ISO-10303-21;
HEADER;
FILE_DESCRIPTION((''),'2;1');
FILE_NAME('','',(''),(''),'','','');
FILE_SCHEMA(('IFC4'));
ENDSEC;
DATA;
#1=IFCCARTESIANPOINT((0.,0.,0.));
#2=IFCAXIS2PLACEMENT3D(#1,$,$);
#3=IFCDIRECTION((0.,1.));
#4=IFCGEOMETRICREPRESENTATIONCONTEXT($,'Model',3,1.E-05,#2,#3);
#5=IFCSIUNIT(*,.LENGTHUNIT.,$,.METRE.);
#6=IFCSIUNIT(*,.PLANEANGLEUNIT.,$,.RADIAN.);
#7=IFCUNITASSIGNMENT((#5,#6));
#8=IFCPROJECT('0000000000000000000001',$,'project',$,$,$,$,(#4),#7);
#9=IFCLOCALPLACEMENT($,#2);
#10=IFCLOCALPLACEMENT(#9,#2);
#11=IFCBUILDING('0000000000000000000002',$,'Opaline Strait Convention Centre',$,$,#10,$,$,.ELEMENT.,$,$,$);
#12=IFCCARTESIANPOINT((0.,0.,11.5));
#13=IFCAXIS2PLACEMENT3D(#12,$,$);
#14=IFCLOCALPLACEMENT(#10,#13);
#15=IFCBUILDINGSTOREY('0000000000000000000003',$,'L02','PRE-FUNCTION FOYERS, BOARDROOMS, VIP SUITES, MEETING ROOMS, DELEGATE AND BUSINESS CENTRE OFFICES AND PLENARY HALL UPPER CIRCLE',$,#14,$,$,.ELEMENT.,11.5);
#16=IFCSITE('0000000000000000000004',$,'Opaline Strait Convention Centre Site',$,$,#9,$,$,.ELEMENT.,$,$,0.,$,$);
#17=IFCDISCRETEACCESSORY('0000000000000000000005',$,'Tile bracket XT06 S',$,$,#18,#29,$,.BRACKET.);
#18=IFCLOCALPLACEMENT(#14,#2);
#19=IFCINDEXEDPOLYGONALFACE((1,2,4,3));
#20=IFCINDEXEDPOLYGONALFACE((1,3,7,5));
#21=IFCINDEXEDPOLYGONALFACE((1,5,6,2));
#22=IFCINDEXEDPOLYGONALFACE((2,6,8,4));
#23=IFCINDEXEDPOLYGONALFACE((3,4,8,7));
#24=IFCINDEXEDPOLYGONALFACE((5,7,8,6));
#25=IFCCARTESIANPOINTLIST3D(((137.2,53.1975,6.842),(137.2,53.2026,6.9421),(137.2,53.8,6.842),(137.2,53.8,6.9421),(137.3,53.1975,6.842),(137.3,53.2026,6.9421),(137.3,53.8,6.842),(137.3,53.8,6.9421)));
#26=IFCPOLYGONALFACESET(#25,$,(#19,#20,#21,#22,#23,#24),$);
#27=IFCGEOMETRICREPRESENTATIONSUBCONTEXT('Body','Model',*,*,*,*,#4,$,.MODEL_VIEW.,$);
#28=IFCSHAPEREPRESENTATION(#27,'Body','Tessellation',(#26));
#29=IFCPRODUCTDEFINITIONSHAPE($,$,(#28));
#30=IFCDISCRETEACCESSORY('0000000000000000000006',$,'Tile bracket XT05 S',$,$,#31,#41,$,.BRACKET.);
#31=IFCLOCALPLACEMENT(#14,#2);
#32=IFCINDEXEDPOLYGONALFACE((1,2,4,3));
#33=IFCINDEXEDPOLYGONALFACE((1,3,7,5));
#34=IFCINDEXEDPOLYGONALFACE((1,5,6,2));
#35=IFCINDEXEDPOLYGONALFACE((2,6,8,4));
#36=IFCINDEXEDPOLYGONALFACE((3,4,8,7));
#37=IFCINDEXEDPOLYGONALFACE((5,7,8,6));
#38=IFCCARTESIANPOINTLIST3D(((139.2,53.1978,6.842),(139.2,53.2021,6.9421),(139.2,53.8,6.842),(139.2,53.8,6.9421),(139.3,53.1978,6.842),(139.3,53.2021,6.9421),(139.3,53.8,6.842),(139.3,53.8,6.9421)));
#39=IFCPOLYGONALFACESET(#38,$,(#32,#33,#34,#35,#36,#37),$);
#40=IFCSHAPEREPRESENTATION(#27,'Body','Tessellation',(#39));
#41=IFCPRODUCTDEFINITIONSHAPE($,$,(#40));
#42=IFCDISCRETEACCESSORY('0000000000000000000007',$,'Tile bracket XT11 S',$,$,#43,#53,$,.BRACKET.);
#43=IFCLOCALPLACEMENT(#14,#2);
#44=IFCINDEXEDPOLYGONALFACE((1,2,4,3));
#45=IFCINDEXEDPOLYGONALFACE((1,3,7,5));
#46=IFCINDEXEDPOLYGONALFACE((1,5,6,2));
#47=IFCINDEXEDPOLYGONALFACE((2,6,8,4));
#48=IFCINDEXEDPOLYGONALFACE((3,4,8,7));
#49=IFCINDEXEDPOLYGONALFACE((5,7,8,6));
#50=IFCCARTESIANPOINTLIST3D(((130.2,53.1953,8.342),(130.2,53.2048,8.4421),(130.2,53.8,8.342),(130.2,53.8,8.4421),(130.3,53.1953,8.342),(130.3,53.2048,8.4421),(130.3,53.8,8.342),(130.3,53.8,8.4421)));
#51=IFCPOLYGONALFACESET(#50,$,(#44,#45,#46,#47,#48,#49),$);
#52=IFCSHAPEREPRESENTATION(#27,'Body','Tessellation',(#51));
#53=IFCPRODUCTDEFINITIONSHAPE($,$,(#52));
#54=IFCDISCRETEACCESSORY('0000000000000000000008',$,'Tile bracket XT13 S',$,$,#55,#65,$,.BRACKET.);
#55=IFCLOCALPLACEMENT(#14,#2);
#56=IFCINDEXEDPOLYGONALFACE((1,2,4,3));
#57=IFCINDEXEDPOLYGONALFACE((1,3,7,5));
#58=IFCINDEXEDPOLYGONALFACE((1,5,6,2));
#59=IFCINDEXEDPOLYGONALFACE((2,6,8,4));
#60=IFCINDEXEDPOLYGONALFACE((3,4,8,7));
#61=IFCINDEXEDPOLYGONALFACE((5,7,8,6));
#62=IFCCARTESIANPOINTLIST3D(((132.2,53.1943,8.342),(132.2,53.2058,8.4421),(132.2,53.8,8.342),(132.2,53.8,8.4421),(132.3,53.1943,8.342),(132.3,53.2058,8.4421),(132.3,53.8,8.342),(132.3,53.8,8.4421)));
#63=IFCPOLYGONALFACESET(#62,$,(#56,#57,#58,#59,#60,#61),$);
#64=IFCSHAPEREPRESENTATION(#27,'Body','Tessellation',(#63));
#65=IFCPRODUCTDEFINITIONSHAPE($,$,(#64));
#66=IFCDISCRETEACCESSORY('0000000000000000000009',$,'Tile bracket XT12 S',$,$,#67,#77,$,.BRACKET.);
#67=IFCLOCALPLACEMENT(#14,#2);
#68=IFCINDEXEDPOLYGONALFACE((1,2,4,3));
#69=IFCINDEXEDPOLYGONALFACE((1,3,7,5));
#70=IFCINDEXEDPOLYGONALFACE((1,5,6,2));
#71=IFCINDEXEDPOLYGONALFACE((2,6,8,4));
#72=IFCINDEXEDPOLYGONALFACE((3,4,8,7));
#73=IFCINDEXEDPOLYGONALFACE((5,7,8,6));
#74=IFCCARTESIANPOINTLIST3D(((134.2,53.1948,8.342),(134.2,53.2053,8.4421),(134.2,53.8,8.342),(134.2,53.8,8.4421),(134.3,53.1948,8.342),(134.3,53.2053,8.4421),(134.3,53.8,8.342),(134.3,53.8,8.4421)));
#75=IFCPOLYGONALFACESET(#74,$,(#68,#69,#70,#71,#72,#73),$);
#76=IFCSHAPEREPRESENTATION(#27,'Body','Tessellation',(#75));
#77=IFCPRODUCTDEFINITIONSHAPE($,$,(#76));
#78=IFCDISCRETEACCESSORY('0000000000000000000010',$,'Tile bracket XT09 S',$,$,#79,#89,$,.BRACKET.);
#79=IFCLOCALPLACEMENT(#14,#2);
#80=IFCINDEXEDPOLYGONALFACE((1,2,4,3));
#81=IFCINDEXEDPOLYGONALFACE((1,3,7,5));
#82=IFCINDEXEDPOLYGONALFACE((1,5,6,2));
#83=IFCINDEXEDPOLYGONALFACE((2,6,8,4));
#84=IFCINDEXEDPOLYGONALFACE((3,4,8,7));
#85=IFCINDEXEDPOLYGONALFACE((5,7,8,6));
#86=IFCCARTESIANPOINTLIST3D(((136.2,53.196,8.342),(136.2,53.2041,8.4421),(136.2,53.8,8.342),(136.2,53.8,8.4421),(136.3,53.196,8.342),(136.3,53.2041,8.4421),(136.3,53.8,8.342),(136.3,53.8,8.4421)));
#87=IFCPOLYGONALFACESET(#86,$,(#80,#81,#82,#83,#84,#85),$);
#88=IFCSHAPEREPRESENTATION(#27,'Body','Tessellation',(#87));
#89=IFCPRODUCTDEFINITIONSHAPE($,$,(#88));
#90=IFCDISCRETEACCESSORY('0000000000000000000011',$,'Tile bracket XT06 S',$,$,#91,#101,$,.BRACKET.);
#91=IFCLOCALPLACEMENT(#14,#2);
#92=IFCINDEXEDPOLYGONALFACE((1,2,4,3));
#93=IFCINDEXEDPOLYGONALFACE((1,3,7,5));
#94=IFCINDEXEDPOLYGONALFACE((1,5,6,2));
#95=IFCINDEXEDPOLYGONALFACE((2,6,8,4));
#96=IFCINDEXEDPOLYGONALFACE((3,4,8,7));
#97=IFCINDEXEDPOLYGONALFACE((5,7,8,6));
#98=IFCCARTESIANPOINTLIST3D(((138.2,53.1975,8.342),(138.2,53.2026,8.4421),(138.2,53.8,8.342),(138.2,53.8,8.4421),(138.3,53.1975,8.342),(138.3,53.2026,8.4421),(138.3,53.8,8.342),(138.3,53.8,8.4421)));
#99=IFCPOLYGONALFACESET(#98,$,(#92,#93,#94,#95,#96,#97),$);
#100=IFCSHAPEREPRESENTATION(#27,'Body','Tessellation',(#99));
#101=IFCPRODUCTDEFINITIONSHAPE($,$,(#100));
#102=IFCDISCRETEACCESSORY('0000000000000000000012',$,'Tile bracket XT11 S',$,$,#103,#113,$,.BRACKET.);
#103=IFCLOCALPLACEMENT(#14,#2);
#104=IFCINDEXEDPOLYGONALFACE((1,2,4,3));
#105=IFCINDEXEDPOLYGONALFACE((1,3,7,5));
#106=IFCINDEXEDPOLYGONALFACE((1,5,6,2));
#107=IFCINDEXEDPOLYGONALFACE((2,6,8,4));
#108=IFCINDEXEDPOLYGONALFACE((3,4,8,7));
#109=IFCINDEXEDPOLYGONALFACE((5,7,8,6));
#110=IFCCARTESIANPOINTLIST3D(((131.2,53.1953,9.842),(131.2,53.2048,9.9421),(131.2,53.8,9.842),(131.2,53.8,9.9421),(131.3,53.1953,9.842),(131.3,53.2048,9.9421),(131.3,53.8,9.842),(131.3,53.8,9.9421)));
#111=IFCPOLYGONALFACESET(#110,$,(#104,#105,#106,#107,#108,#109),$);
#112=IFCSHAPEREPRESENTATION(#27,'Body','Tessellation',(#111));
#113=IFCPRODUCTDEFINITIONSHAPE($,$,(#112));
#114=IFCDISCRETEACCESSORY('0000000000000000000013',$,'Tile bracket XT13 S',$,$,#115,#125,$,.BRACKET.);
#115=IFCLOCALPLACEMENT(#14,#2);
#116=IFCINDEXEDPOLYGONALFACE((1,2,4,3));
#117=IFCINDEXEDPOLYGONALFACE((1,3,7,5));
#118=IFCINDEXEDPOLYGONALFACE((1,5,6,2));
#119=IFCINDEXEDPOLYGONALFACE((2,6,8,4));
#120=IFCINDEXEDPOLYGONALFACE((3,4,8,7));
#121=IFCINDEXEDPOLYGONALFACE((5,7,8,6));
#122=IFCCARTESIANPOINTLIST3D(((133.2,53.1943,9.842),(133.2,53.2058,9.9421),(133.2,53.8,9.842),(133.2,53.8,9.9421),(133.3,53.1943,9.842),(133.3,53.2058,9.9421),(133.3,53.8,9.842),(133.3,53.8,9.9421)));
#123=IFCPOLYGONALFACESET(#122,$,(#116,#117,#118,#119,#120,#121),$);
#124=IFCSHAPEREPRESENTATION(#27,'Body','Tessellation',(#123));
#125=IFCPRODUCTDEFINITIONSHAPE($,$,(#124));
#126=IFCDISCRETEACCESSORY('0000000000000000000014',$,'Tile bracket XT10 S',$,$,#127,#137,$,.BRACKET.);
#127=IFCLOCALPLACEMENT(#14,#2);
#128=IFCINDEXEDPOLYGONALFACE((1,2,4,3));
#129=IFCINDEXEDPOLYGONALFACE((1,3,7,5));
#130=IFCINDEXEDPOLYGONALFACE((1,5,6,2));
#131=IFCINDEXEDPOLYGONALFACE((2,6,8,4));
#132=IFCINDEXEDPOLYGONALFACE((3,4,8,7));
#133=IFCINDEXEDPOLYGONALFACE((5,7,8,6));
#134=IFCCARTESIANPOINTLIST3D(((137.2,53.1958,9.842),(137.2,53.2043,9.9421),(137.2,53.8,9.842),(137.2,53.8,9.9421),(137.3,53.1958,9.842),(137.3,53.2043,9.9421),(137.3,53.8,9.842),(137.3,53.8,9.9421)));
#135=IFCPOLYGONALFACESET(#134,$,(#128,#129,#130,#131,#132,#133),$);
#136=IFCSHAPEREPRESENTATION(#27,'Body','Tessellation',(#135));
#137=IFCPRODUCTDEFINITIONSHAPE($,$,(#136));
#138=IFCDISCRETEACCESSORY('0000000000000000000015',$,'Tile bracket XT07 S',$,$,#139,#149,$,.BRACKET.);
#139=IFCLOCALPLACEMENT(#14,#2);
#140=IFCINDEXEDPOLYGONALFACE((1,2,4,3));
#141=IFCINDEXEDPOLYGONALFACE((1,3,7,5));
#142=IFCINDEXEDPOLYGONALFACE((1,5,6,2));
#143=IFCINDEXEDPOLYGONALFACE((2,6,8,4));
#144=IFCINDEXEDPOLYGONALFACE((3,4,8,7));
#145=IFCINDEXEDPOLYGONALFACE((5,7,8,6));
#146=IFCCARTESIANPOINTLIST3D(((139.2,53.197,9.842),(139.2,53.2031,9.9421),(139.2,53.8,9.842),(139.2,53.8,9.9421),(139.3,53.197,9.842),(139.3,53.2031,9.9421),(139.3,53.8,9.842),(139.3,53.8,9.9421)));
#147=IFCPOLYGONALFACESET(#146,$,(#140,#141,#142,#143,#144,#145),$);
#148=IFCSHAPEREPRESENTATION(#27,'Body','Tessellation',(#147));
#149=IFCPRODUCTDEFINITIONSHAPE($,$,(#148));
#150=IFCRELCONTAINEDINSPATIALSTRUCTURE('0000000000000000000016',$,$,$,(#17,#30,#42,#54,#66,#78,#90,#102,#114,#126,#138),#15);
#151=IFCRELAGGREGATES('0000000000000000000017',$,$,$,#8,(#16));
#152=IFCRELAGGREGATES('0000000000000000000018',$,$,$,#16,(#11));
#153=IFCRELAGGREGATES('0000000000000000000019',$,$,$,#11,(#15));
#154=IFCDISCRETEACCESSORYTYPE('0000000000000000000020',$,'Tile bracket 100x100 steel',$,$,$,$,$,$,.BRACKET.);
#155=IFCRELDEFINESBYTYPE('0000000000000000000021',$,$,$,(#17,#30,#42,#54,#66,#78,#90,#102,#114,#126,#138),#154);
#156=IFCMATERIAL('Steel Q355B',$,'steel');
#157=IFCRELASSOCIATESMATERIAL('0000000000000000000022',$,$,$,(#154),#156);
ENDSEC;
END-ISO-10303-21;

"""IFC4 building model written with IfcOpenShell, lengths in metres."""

from ifc_helpers import new_model, si_unit, direction, frame, origin, place, context, subcontext, project, spatial, polyline, outline, extrude, material, type_object, element, save


model = new_model("IFC4")

# Units and contexts
model_context = context("Model", 3, precision=1e-05, world=origin(), true_north=direction((0.0, 1.0)))
body_context = subcontext(model_context, "Body", "Model", "MODEL_VIEW")
ifc_project = project(units=[si_unit("LENGTHUNIT", "METRE"), si_unit("PLANEANGLEUNIT", "RADIAN")], contexts=[model_context])

# Site, building, storey
site_placement = place(None, origin())
site = spatial("IfcSite", under=ifc_project, at=site_placement, Name="Opaline Strait Convention Centre Site", CompositionType="ELEMENT", RefElevation=0.0)
building_placement = place(site_placement, origin())
building = spatial("IfcBuilding", under=site, at=building_placement, Name="Opaline Strait Convention Centre", CompositionType="ELEMENT")
storey_placement = place(building_placement, frame((0.0, 0.0, 11.5)))
storey = spatial("IfcBuildingStorey", under=building, at=storey_placement, Name="L02", Description="PRE-FUNCTION FOYERS, BOARDROOMS, VIP SUITES, MEETING ROOMS, DELEGATE AND BUSINESS CENTRE OFFICES AND PLENARY HALL UPPER CIRCLE", CompositionType="ELEMENT", Elevation=11.5)

# Discrete accessories
ifc_material_1 = material(Name="Steel Q355B", Category="steel")
discrete_accessory_type = type_object("IfcDiscreteAccessoryType", Name="Tile bracket 100x100 steel", PredefinedType="BRACKET", material=ifc_material_1)
discrete_accessory_1_placement = place(storey_placement, frame((137.2, 53.8, 6.8921), z_axis=(1.0, 0.0, 0.0), x_axis=(0.0, 1.0, 0.0)))
element("IfcDiscreteAccessory", 1, at=discrete_accessory_1_placement, inside=storey, type_object=discrete_accessory_type, Name="Tile bracket XT06 S", PredefinedType="BRACKET", context=body_context, shape_type="SweptSolid", body=[
    extrude(outline(polyline([(0.0, -0.05), (0.0, 0.05), (-0.5974, 0.05), (-0.6025, -0.05), (0.0, -0.05)])), origin(), (0.0, 0.0, 1.0), 0.1001),
])
discrete_accessory_2_placement = place(storey_placement, frame((139.2, 53.8, 6.8921), z_axis=(1.0, 0.0, 0.0), x_axis=(0.0, 1.0, 0.0)))
element("IfcDiscreteAccessory", 2, at=discrete_accessory_2_placement, inside=storey, type_object=discrete_accessory_type, Name="Tile bracket XT05 S", PredefinedType="BRACKET", context=body_context, shape_type="SweptSolid", body=[
    extrude(outline(polyline([(0.0, -0.05), (0.0, 0.05), (-0.5979, 0.05), (-0.6023, -0.05), (0.0, -0.05)])), origin(), (0.0, 0.0, 1.0), 0.1001),
])
discrete_accessory_3_placement = place(storey_placement, frame((130.2, 53.8, 8.3921), z_axis=(1.0, 0.0, 0.0), x_axis=(0.0, 1.0, 0.0)))
element("IfcDiscreteAccessory", 3, at=discrete_accessory_3_placement, inside=storey, type_object=discrete_accessory_type, Name="Tile bracket XT11 S", PredefinedType="BRACKET", context=body_context, shape_type="SweptSolid", body=[
    extrude(outline(polyline([(0.0, -0.05), (0.0, 0.05), (-0.5952, 0.05), (-0.6047, -0.05), (0.0, -0.05)])), origin(), (0.0, 0.0, 1.0), 0.1001),
])
discrete_accessory_4_placement = place(storey_placement, frame((132.2, 53.8, 8.3921), z_axis=(1.0, 0.0, 0.0), x_axis=(0.0, 1.0, 0.0)))
element("IfcDiscreteAccessory", 4, at=discrete_accessory_4_placement, inside=storey, type_object=discrete_accessory_type, Name="Tile bracket XT13 S", PredefinedType="BRACKET", context=body_context, shape_type="SweptSolid", body=[
    extrude(outline(polyline([(0.0, -0.05), (0.0, 0.05), (-0.5942, 0.05), (-0.6057, -0.05), (0.0, -0.05)])), origin(), (0.0, 0.0, 1.0), 0.1001),
])
discrete_accessory_5_placement = place(storey_placement, frame((134.2, 53.8, 8.3921), z_axis=(1.0, 0.0, 0.0), x_axis=(0.0, 1.0, 0.0)))
element("IfcDiscreteAccessory", 5, at=discrete_accessory_5_placement, inside=storey, type_object=discrete_accessory_type, Name="Tile bracket XT12 S", PredefinedType="BRACKET", context=body_context, shape_type="SweptSolid", body=[
    extrude(outline(polyline([(0.0, -0.05), (0.0, 0.05), (-0.5947, 0.05), (-0.6052, -0.05), (0.0, -0.05)])), origin(), (0.0, 0.0, 1.0), 0.1001),
])
discrete_accessory_6_placement = place(storey_placement, frame((136.2, 53.8, 8.3921), z_axis=(1.0, 0.0, 0.0), x_axis=(0.0, 1.0, 0.0)))
element("IfcDiscreteAccessory", 6, at=discrete_accessory_6_placement, inside=storey, type_object=discrete_accessory_type, Name="Tile bracket XT09 S", PredefinedType="BRACKET", context=body_context, shape_type="SweptSolid", body=[
    extrude(outline(polyline([(0.0, -0.05), (0.0, 0.05), (-0.5959, 0.05), (-0.604, -0.05), (0.0, -0.05)])), origin(), (0.0, 0.0, 1.0), 0.1001),
])
discrete_accessory_7_placement = place(storey_placement, frame((138.2, 53.8, 8.3921), z_axis=(1.0, 0.0, 0.0), x_axis=(0.0, 1.0, 0.0)))
element("IfcDiscreteAccessory", 7, at=discrete_accessory_7_placement, inside=storey, type_object=discrete_accessory_type, Name="Tile bracket XT06 S", PredefinedType="BRACKET", context=body_context, shape_type="SweptSolid", body=[
    extrude(outline(polyline([(0.0, -0.05), (0.0, 0.05), (-0.5974, 0.05), (-0.6025, -0.05), (0.0, -0.05)])), origin(), (0.0, 0.0, 1.0), 0.1001),
])
discrete_accessory_8_placement = place(storey_placement, frame((131.2, 53.8, 9.8921), z_axis=(1.0, 0.0, 0.0), x_axis=(0.0, 1.0, 0.0)))
element("IfcDiscreteAccessory", 8, at=discrete_accessory_8_placement, inside=storey, type_object=discrete_accessory_type, Name="Tile bracket XT11 S", PredefinedType="BRACKET", context=body_context, shape_type="SweptSolid", body=[
    extrude(outline(polyline([(0.0, -0.05), (0.0, 0.05), (-0.5952, 0.05), (-0.6047, -0.05), (0.0, -0.05)])), origin(), (0.0, 0.0, 1.0), 0.1001),
])
discrete_accessory_9_placement = place(storey_placement, frame((133.2, 53.8, 9.8921), z_axis=(1.0, 0.0, 0.0), x_axis=(0.0, 1.0, 0.0)))
element("IfcDiscreteAccessory", 9, at=discrete_accessory_9_placement, inside=storey, type_object=discrete_accessory_type, Name="Tile bracket XT13 S", PredefinedType="BRACKET", context=body_context, shape_type="SweptSolid", body=[
    extrude(outline(polyline([(0.0, -0.05), (0.0, 0.05), (-0.5942, 0.05), (-0.6057, -0.05), (0.0, -0.05)])), origin(), (0.0, 0.0, 1.0), 0.1001),
])
discrete_accessory_10_placement = place(storey_placement, frame((137.2, 53.8, 9.8921), z_axis=(1.0, 0.0, 0.0), x_axis=(0.0, 1.0, 0.0)))
element("IfcDiscreteAccessory", 10, at=discrete_accessory_10_placement, inside=storey, type_object=discrete_accessory_type, Name="Tile bracket XT10 S", PredefinedType="BRACKET", context=body_context, shape_type="SweptSolid", body=[
    extrude(outline(polyline([(0.0, -0.05), (0.0, 0.05), (-0.5957, 0.05), (-0.6042, -0.05), (0.0, -0.05)])), origin(), (0.0, 0.0, 1.0), 0.1001),
])
discrete_accessory_11_placement = place(storey_placement, frame((139.2, 53.8, 9.8921), z_axis=(1.0, 0.0, 0.0), x_axis=(0.0, 1.0, 0.0)))
element("IfcDiscreteAccessory", 11, at=discrete_accessory_11_placement, inside=storey, type_object=discrete_accessory_type, Name="Tile bracket XT07 S", PredefinedType="BRACKET", context=body_context, shape_type="SweptSolid", body=[
    extrude(outline(polyline([(0.0, -0.05), (0.0, 0.05), (-0.5969, 0.05), (-0.603, -0.05), (0.0, -0.05)])), origin(), (0.0, 0.0, 1.0), 0.1001),
])

save(model, "model.ifc")
